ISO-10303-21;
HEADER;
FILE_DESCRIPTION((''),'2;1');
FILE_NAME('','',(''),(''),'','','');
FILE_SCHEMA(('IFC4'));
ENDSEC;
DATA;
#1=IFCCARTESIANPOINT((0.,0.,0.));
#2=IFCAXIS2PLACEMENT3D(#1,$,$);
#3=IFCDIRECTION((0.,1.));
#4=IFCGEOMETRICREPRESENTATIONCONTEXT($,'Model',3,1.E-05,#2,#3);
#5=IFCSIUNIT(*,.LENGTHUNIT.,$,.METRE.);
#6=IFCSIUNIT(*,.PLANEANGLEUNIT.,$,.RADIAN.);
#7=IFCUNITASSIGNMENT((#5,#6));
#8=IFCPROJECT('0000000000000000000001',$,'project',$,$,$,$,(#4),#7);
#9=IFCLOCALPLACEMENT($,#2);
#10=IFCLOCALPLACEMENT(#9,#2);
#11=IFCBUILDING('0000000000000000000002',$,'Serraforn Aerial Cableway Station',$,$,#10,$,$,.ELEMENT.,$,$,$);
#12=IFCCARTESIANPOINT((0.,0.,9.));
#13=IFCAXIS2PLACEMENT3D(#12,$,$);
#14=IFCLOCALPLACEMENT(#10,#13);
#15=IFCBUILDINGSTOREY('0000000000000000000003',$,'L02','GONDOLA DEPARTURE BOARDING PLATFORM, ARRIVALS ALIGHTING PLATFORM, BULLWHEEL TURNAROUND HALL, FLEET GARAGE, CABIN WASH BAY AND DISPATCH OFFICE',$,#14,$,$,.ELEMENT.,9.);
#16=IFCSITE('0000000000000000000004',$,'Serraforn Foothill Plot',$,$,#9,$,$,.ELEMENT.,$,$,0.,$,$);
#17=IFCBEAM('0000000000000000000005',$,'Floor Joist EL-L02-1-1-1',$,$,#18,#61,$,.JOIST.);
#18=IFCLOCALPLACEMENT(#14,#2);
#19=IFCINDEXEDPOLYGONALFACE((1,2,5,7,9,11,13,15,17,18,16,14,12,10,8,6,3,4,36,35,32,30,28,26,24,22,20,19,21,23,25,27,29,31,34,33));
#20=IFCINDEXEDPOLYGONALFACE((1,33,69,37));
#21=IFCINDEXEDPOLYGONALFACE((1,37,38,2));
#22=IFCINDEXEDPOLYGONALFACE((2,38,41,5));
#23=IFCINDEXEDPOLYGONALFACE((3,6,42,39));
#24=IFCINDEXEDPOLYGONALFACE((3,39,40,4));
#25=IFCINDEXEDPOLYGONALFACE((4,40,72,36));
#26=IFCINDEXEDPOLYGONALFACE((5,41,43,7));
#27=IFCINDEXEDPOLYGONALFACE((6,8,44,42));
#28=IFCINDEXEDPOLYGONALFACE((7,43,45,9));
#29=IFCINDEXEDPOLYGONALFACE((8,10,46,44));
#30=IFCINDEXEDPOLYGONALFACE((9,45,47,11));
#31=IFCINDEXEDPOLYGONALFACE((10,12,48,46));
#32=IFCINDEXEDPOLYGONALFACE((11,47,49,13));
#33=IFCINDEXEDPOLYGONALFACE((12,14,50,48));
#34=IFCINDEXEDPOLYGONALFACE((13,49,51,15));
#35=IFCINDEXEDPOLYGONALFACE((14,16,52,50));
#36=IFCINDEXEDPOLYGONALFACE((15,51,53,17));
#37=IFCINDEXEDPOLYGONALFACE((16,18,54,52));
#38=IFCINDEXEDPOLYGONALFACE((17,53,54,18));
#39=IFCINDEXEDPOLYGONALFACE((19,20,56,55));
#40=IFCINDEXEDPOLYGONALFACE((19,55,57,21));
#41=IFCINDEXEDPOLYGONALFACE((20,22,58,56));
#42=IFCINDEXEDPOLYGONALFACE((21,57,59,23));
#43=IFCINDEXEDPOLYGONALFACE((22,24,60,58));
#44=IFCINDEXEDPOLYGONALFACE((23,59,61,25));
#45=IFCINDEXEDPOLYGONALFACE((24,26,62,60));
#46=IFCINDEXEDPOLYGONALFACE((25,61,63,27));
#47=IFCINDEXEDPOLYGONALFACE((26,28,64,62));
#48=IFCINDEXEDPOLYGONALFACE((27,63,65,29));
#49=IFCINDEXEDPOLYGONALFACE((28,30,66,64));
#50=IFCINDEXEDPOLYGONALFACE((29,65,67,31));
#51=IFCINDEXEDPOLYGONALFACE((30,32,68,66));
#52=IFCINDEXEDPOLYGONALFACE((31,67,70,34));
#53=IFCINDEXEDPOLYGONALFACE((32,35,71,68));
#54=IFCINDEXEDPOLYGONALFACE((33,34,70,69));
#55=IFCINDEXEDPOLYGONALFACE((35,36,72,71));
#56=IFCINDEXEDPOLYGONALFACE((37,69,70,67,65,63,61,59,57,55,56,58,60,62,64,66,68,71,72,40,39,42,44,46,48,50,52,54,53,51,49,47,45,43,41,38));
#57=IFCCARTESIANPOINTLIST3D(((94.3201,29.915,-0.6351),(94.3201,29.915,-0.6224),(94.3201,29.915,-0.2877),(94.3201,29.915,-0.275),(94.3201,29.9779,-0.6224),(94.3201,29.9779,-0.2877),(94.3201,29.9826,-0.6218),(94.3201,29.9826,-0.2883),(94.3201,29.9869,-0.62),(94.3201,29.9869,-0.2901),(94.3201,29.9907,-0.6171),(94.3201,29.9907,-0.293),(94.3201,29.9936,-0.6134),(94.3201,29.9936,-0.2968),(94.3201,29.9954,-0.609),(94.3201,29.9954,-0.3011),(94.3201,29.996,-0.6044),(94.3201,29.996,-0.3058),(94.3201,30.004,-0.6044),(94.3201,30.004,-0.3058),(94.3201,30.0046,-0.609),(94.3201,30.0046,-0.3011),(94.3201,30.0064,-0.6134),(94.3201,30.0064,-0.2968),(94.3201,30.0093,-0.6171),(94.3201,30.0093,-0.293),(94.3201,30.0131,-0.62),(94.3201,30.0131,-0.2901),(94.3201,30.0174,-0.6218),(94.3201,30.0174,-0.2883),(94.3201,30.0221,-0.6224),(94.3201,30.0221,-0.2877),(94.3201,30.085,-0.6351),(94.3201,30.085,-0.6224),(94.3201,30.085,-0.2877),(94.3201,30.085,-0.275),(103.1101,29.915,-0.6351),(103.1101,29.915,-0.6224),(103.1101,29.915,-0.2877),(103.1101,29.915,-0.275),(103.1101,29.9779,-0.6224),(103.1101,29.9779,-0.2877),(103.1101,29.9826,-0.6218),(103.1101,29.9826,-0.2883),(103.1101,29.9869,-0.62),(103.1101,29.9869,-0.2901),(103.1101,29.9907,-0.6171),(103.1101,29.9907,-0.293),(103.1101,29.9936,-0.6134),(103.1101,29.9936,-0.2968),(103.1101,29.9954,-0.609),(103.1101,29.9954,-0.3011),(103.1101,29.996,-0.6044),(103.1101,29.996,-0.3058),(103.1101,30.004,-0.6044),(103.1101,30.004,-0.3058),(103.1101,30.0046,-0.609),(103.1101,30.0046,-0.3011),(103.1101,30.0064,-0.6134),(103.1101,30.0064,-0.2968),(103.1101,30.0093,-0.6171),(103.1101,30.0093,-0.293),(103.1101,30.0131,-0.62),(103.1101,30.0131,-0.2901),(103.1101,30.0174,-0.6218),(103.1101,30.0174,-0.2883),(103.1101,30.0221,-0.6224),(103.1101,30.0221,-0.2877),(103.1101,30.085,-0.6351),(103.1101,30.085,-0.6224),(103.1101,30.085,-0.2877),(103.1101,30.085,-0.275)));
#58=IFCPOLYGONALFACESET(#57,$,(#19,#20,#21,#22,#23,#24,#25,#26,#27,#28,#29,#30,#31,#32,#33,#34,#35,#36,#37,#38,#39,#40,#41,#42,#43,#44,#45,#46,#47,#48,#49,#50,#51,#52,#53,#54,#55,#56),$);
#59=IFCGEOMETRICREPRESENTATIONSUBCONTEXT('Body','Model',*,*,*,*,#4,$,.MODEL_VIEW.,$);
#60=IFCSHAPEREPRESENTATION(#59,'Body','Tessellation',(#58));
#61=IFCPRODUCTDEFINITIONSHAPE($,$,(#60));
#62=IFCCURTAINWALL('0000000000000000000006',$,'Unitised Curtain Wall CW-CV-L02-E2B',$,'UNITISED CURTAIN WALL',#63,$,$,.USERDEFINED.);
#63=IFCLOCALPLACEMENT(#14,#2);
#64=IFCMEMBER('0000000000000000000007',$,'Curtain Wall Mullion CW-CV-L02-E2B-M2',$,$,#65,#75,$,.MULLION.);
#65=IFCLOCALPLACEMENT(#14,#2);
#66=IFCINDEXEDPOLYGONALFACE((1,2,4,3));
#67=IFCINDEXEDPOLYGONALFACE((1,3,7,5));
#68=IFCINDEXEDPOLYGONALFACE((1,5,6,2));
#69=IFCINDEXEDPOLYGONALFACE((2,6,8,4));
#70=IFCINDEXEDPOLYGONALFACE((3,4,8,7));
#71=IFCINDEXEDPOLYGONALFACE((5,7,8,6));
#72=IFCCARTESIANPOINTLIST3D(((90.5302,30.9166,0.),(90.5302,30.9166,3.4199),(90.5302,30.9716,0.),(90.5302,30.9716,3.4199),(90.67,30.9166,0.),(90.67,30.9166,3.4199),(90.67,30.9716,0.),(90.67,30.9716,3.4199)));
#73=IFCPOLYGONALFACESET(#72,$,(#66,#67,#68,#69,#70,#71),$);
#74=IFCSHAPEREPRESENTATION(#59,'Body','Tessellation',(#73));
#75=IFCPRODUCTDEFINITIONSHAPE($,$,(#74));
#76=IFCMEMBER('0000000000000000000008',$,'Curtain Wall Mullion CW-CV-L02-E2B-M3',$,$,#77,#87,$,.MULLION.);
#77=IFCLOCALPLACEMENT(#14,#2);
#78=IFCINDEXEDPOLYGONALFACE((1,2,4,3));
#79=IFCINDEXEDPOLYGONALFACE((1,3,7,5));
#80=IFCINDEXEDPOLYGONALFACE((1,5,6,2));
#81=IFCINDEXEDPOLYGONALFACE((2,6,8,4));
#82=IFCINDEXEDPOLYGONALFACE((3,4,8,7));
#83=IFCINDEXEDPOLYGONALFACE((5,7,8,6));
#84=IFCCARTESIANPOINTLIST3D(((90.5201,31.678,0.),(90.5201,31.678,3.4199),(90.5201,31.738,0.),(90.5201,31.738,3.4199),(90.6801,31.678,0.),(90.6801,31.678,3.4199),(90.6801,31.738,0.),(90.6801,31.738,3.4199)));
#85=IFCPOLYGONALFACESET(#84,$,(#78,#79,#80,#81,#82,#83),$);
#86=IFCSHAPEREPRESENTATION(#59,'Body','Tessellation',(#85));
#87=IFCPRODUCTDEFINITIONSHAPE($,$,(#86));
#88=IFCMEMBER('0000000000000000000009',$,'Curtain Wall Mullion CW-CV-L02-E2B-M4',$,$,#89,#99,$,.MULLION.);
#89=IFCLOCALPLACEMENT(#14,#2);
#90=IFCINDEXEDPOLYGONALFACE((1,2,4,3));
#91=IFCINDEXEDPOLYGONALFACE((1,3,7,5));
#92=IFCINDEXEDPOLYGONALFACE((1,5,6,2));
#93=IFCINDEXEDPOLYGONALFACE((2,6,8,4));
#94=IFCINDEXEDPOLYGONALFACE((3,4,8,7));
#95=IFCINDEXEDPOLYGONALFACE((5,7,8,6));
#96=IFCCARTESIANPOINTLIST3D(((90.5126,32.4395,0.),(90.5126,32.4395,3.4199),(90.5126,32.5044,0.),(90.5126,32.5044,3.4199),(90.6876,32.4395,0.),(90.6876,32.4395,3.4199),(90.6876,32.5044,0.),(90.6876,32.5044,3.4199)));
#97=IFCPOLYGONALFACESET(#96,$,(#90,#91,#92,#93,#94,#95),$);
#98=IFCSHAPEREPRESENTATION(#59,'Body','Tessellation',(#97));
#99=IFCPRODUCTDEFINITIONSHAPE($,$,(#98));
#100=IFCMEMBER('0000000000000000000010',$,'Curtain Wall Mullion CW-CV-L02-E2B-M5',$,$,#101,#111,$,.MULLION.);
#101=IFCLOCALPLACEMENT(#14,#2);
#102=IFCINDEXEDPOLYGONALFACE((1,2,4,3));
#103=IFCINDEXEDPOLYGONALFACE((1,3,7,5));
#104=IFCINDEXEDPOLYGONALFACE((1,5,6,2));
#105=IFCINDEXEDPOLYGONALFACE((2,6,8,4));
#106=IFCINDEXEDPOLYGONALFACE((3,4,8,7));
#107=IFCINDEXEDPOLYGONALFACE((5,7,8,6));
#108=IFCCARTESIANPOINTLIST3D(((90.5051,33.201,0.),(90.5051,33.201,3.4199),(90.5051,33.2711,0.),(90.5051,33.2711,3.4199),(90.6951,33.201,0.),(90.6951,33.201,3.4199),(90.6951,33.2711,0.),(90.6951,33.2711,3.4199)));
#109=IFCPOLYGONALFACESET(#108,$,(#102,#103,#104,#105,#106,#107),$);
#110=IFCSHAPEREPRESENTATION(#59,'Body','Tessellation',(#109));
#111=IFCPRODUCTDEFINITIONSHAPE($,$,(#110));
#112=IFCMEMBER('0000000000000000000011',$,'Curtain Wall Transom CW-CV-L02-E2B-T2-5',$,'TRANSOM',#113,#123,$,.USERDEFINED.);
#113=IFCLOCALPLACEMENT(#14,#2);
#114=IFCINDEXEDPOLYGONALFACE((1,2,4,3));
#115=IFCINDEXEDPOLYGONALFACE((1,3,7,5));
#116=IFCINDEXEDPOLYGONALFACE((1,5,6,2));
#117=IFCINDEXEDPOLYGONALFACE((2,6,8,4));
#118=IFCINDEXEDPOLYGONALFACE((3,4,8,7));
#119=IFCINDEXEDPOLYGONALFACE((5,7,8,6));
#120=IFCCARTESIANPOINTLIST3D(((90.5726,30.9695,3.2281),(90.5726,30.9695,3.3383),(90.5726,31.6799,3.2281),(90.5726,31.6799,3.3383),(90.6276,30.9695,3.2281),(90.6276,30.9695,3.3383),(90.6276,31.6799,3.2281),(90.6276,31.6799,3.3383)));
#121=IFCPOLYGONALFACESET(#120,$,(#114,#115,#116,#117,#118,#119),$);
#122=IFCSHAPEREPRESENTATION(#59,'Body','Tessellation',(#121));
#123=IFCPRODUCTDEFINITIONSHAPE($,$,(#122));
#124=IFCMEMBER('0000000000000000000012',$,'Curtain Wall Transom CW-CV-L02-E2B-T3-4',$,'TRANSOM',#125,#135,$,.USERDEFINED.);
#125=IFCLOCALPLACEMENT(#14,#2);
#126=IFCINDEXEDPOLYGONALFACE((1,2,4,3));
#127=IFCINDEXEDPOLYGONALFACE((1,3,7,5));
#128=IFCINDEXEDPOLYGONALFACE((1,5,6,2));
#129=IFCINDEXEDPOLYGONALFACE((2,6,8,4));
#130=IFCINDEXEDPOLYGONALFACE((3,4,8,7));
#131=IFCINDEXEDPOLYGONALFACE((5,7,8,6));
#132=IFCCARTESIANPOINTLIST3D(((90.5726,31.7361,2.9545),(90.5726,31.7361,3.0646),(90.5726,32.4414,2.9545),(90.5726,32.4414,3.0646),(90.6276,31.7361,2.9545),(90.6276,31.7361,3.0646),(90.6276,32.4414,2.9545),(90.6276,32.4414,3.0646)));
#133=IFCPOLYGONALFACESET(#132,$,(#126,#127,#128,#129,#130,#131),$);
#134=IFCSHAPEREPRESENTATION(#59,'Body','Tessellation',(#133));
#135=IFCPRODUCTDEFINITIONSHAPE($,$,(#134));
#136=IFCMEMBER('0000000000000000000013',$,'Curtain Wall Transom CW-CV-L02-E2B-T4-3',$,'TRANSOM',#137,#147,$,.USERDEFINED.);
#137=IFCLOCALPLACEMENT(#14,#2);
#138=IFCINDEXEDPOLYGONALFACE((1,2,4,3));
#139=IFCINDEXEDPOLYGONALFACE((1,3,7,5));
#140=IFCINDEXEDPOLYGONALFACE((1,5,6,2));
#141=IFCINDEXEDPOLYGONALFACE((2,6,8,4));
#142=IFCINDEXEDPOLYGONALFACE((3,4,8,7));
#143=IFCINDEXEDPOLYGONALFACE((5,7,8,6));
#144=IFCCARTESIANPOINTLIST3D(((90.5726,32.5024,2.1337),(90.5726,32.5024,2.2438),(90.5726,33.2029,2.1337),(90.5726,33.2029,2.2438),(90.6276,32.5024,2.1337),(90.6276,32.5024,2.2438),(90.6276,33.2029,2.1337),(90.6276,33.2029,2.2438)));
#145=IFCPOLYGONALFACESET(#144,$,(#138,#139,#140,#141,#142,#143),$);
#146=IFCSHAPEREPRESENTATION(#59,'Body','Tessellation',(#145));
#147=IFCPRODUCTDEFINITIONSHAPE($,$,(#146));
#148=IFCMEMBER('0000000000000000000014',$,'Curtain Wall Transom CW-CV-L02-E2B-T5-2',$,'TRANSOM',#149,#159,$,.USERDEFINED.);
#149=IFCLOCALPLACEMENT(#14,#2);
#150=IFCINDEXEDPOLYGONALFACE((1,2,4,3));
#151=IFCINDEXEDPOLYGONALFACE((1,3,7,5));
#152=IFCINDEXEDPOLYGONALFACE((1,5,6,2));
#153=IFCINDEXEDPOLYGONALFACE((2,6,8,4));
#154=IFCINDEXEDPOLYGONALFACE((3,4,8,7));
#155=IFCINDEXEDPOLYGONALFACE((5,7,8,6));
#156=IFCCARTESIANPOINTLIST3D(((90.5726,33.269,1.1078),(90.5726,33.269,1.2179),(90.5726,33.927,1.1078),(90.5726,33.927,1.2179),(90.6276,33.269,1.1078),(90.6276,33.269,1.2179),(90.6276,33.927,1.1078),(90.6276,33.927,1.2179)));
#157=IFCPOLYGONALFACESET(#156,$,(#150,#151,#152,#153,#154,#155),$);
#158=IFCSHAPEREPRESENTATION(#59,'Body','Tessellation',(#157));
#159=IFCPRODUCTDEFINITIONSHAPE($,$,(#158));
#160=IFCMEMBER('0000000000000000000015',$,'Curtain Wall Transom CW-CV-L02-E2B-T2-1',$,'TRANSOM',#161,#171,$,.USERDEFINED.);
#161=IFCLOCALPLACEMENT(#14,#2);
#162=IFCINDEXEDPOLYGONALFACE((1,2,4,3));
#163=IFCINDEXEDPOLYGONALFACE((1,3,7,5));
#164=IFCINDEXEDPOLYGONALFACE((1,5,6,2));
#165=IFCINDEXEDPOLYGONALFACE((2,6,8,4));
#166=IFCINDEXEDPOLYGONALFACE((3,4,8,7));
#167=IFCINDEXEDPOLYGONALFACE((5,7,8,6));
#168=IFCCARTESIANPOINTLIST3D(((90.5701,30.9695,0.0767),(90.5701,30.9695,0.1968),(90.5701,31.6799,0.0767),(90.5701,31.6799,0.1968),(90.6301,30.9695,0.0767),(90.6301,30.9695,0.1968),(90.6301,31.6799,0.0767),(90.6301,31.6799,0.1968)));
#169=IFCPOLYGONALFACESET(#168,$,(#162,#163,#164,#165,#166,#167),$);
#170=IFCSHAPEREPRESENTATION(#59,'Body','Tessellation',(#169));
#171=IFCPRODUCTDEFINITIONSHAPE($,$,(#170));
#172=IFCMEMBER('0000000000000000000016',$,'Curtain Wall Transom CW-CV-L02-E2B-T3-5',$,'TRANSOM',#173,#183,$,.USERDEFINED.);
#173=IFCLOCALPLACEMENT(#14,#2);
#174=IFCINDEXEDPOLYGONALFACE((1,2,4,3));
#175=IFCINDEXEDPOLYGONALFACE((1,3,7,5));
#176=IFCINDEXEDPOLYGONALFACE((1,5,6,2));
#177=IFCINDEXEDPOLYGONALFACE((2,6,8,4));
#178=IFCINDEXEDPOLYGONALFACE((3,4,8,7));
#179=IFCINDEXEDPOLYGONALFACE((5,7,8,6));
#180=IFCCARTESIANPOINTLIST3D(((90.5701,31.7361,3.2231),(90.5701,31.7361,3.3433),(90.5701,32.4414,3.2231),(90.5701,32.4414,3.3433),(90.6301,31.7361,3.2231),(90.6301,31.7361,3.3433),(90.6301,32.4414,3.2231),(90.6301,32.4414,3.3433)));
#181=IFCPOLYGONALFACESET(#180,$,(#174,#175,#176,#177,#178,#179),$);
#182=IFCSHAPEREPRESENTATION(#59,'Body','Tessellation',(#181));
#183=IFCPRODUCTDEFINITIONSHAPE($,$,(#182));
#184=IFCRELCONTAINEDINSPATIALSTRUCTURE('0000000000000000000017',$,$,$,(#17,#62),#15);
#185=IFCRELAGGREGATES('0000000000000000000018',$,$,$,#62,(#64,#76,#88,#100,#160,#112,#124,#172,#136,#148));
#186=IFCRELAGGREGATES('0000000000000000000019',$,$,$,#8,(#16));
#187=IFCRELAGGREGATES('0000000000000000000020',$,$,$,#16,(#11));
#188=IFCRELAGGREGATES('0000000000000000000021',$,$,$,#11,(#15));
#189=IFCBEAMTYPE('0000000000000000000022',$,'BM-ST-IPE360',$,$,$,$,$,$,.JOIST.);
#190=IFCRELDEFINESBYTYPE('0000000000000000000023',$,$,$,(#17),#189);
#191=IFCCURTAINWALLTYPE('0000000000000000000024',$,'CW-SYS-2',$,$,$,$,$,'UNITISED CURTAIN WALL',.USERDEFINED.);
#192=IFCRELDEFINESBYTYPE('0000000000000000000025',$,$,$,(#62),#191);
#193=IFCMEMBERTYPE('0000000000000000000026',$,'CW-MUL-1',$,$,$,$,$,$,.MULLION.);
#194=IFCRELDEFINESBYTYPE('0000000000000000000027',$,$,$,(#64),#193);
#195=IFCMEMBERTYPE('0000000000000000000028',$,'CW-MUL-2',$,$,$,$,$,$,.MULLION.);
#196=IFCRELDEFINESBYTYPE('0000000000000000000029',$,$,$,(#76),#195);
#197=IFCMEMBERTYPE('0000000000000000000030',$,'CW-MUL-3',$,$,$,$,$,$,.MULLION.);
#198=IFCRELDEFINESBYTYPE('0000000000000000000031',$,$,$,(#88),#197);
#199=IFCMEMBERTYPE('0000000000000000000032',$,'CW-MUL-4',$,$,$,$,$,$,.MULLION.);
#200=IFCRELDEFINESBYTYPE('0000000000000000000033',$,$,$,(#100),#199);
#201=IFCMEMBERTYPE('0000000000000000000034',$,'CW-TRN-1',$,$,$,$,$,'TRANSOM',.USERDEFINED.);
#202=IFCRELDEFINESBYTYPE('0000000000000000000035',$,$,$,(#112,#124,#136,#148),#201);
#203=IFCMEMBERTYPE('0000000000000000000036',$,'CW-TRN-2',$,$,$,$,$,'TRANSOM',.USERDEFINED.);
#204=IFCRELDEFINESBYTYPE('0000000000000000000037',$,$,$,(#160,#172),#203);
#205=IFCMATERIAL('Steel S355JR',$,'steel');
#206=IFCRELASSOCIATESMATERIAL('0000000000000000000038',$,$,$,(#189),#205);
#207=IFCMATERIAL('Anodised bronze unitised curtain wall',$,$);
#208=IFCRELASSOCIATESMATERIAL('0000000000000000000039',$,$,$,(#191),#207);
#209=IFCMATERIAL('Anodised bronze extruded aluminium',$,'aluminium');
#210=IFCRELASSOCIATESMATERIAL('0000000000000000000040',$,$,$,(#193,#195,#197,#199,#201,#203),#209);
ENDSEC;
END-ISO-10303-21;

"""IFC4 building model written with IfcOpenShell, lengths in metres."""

from ifc_helpers import new_model, si_unit, direction, frame, origin, origin_2d, place, context, subcontext, project, spatial, rectangle, i_section, extrude, material, material_profile, profile_set, type_object, element, aggregate, save


model = new_model("IFC4")

# Units and contexts
model_context = context("Model", 3, precision=1e-05, world=origin(), true_north=direction((0.0, 1.0)))
body_context = subcontext(model_context, "Body", "Model", "MODEL_VIEW")
ifc_project = project(units=[si_unit("LENGTHUNIT", "METRE"), si_unit("PLANEANGLEUNIT", "RADIAN")], contexts=[model_context])

# Site, building, storey
site_placement = place(None, origin())
site = spatial("IfcSite", under=ifc_project, at=site_placement, Name="Serraforn Foothill Plot", CompositionType="ELEMENT", RefElevation=0.0)
building_placement = place(site_placement, origin())
building = spatial("IfcBuilding", under=site, at=building_placement, Name="Serraforn Aerial Cableway Station", CompositionType="ELEMENT")
storey_placement = place(building_placement, frame((0.0, 0.0, 9.0)))
storey = spatial("IfcBuildingStorey", under=building, at=storey_placement, Name="L02", Description="GONDOLA DEPARTURE BOARDING PLATFORM, ARRIVALS ALIGHTING PLATFORM, BULLWHEEL TURNAROUND HALL, FLEET GARAGE, CABIN WASH BAY AND DISPATCH OFFICE", CompositionType="ELEMENT", Elevation=9.0)

# Beam
ifc_material_1 = material(Name="Steel S355JR", Category="steel")
ifc_material_profile_1 = material_profile(ifc_material_1, i_section(OverallWidth=0.1699, OverallDepth=0.3601, WebThickness=0.0081, FlangeThickness=0.0127, FilletRadius=0.0181, at=origin_2d()), Name="IPE 360")
ifc_profile_set_1 = profile_set([ifc_material_profile_1], Name="Steel S355JR")
beam_type = type_object("IfcBeamType", Name="BM-ST-IPE360", PredefinedType="JOIST", material=ifc_profile_set_1)
beam_placement = place(storey_placement, frame((94.3201, 30.0, -0.4551), z_axis=(1.0, 0.0, 0.0), x_axis=(0.0, 1.0, 0.0)))
element("IfcBeam", 1, at=beam_placement, inside=storey, type_object=beam_type, Name="Floor Joist EL-L02-1-1-1", PredefinedType="JOIST", context=body_context, shape_type="SweptSolid", body=[
    extrude(i_section(OverallWidth=0.1699, OverallDepth=0.3601, WebThickness=0.0081, FlangeThickness=0.0127, FilletRadius=0.0181, at=origin_2d()), origin(), (0.0, 0.0, 1.0), 8.79),
])

# Curtain wall, members
ifc_material_2 = material(Name="Anodised bronze unitised curtain wall")
curtain_wall_type = type_object("IfcCurtainWallType", Name="CW-SYS-2", ElementType="UNITISED CURTAIN WALL", PredefinedType="USERDEFINED", material=ifc_material_2)
curtain_wall_placement = place(storey_placement, origin())
curtain_wall = element("IfcCurtainWall", 2, at=curtain_wall_placement, inside=storey, type_object=curtain_wall_type, Name="Unitised Curtain Wall CW-CV-L02-E2B", ObjectType="UNITISED CURTAIN WALL", PredefinedType="USERDEFINED")
ifc_material_3 = material(Name="Anodised bronze extruded aluminium", Category="aluminium")
ifc_material_profile_2 = material_profile(ifc_material_3, rectangle(XDim=0.0549, YDim=0.1399, at=origin_2d()), Name="CW MULLION 55x140")
ifc_profile_set_2 = profile_set([ifc_material_profile_2], Name="Anodised bronze extruded aluminium")
member_type_1 = type_object("IfcMemberType", Name="CW-MUL-1", PredefinedType="MULLION", material=ifc_profile_set_2)
member_1_placement = place(storey_placement, frame((90.6001, 30.9441, 0.0), z_axis=(0.0, 0.0, 1.0), x_axis=(0.0, 1.0, 0.0)))
member_1 = element("IfcMember", 3, at=member_1_placement, type_object=member_type_1, Name="Curtain Wall Mullion CW-CV-L02-E2B-M2", PredefinedType="MULLION", context=body_context, shape_type="SweptSolid", body=[
    extrude(rectangle(XDim=0.0549, YDim=0.1399, at=origin_2d()), origin(), (0.0, 0.0, 1.0), 3.4199),
])
ifc_material_profile_3 = material_profile(ifc_material_3, rectangle(XDim=0.0601, YDim=0.1599, at=origin_2d()), Name="CW MULLION 60x160")
ifc_profile_set_3 = profile_set([ifc_material_profile_3], Name="Anodised bronze extruded aluminium")
member_type_2 = type_object("IfcMemberType", Name="CW-MUL-2", PredefinedType="MULLION", material=ifc_profile_set_3)
member_2_placement = place(storey_placement, frame((90.6001, 31.708, 0.0), z_axis=(0.0, 0.0, 1.0), x_axis=(0.0, 1.0, 0.0)))
member_2 = element("IfcMember", 4, at=member_2_placement, type_object=member_type_2, Name="Curtain Wall Mullion CW-CV-L02-E2B-M3", PredefinedType="MULLION", context=body_context, shape_type="SweptSolid", body=[
    extrude(rectangle(XDim=0.0601, YDim=0.1599, at=origin_2d()), origin(), (0.0, 0.0, 1.0), 3.4199),
])
ifc_material_profile_4 = material_profile(ifc_material_3, rectangle(XDim=0.0649, YDim=0.175, at=origin_2d()), Name="CW MULLION 65x175")
ifc_profile_set_4 = profile_set([ifc_material_profile_4], Name="Anodised bronze extruded aluminium")
member_type_3 = type_object("IfcMemberType", Name="CW-MUL-3", PredefinedType="MULLION", material=ifc_profile_set_4)
member_3_placement = place(storey_placement, frame((90.6001, 32.4719, 0.0), z_axis=(0.0, 0.0, 1.0), x_axis=(0.0, 1.0, 0.0)))
member_3 = element("IfcMember", 5, at=member_3_placement, type_object=member_type_3, Name="Curtain Wall Mullion CW-CV-L02-E2B-M4", PredefinedType="MULLION", context=body_context, shape_type="SweptSolid", body=[
    extrude(rectangle(XDim=0.0649, YDim=0.175, at=origin_2d()), origin(), (0.0, 0.0, 1.0), 3.4199),
])
ifc_material_profile_5 = material_profile(ifc_material_3, rectangle(XDim=0.0701, YDim=0.1899, at=origin_2d()), Name="CW MULLION 70x190")
ifc_profile_set_5 = profile_set([ifc_material_profile_5], Name="Anodised bronze extruded aluminium")
member_type_4 = type_object("IfcMemberType", Name="CW-MUL-4", PredefinedType="MULLION", material=ifc_profile_set_5)
member_4_placement = place(storey_placement, frame((90.6001, 33.2361, 0.0), z_axis=(0.0, 0.0, 1.0), x_axis=(0.0, 1.0, 0.0)))
member_4 = element("IfcMember", 6, at=member_4_placement, type_object=member_type_4, Name="Curtain Wall Mullion CW-CV-L02-E2B-M5", PredefinedType="MULLION", context=body_context, shape_type="SweptSolid", body=[
    extrude(rectangle(XDim=0.0701, YDim=0.1899, at=origin_2d()), origin(), (0.0, 0.0, 1.0), 3.4199),
])
ifc_material_profile_6 = material_profile(ifc_material_3, rectangle(XDim=0.0549, YDim=0.1101, at=origin_2d()), Name="CW TRANSOM 55x110")
ifc_profile_set_6 = profile_set([ifc_material_profile_6], Name="Anodised bronze extruded aluminium")
member_type_5 = type_object("IfcMemberType", Name="CW-TRN-1", ElementType="TRANSOM", PredefinedType="USERDEFINED", material=ifc_profile_set_6)
member_5_placement = place(storey_placement, frame((90.6001, 30.9695, 3.2832), z_axis=(0.0, 1.0, 0.0), x_axis=(-1.0, 0.0, 0.0)))
member_5 = element("IfcMember", 7, at=member_5_placement, type_object=member_type_5, Name="Curtain Wall Transom CW-CV-L02-E2B-T2-5", ObjectType="TRANSOM", PredefinedType="USERDEFINED", context=body_context, shape_type="SweptSolid", body=[
    extrude(rectangle(XDim=0.0549, YDim=0.1101, at=origin_2d()), origin(), (0.0, 0.0, 1.0), 0.7104),
])
member_6_placement = place(storey_placement, frame((90.6001, 31.7361, 3.0095), z_axis=(0.0, 1.0, 0.0), x_axis=(-1.0, 0.0, 0.0)))
member_6 = element("IfcMember", 8, at=member_6_placement, type_object=member_type_5, Name="Curtain Wall Transom CW-CV-L02-E2B-T3-4", ObjectType="TRANSOM", PredefinedType="USERDEFINED", context=body_context, shape_type="SweptSolid", body=[
    extrude(rectangle(XDim=0.0549, YDim=0.1101, at=origin_2d()), origin(), (0.0, 0.0, 1.0), 0.7053),
])
member_7_placement = place(storey_placement, frame((90.6001, 32.5024, 2.1887), z_axis=(0.0, 1.0, 0.0), x_axis=(-1.0, 0.0, 0.0)))
member_7 = element("IfcMember", 9, at=member_7_placement, type_object=member_type_5, Name="Curtain Wall Transom CW-CV-L02-E2B-T4-3", ObjectType="TRANSOM", PredefinedType="USERDEFINED", context=body_context, shape_type="SweptSolid", body=[
    extrude(rectangle(XDim=0.0549, YDim=0.1101, at=origin_2d()), origin(), (0.0, 0.0, 1.0), 0.7004),
])
member_8_placement = place(storey_placement, frame((90.6001, 33.269, 1.1628), z_axis=(0.0, 1.0, 0.0), x_axis=(-1.0, 0.0, 0.0)))
member_8 = element("IfcMember", 10, at=member_8_placement, type_object=member_type_5, Name="Curtain Wall Transom CW-CV-L02-E2B-T5-2", ObjectType="TRANSOM", PredefinedType="USERDEFINED", context=body_context, shape_type="SweptSolid", body=[
    extrude(rectangle(XDim=0.0549, YDim=0.1101, at=origin_2d()), origin(), (0.0, 0.0, 1.0), 0.658),
])
ifc_material_profile_7 = material_profile(ifc_material_3, rectangle(XDim=0.0601, YDim=0.1201, at=origin_2d()), Name="CW TRANSOM 60x120")
ifc_profile_set_7 = profile_set([ifc_material_profile_7], Name="Anodised bronze extruded aluminium")
member_type_6 = type_object("IfcMemberType", Name="CW-TRN-2", ElementType="TRANSOM", PredefinedType="USERDEFINED", material=ifc_profile_set_7)
member_9_placement = place(storey_placement, frame((90.6001, 30.9695, 0.1367), z_axis=(0.0, 1.0, 0.0), x_axis=(-1.0, 0.0, 0.0)))
member_9 = element("IfcMember", 11, at=member_9_placement, type_object=member_type_6, Name="Curtain Wall Transom CW-CV-L02-E2B-T2-1", ObjectType="TRANSOM", PredefinedType="USERDEFINED", context=body_context, shape_type="SweptSolid", body=[
    extrude(rectangle(XDim=0.0601, YDim=0.1201, at=origin_2d()), origin(), (0.0, 0.0, 1.0), 0.7104),
])
member_10_placement = place(storey_placement, frame((90.6001, 31.7361, 3.2832), z_axis=(0.0, 1.0, 0.0), x_axis=(-1.0, 0.0, 0.0)))
member_10 = element("IfcMember", 12, at=member_10_placement, type_object=member_type_6, Name="Curtain Wall Transom CW-CV-L02-E2B-T3-5", ObjectType="TRANSOM", PredefinedType="USERDEFINED", context=body_context, shape_type="SweptSolid", body=[
    extrude(rectangle(XDim=0.0601, YDim=0.1201, at=origin_2d()), origin(), (0.0, 0.0, 1.0), 0.7053),
])
aggregate(curtain_wall, [member_1, member_2, member_3, member_4, member_9, member_5, member_6, member_10, member_7, member_8])

save(model, "model.ifc")
